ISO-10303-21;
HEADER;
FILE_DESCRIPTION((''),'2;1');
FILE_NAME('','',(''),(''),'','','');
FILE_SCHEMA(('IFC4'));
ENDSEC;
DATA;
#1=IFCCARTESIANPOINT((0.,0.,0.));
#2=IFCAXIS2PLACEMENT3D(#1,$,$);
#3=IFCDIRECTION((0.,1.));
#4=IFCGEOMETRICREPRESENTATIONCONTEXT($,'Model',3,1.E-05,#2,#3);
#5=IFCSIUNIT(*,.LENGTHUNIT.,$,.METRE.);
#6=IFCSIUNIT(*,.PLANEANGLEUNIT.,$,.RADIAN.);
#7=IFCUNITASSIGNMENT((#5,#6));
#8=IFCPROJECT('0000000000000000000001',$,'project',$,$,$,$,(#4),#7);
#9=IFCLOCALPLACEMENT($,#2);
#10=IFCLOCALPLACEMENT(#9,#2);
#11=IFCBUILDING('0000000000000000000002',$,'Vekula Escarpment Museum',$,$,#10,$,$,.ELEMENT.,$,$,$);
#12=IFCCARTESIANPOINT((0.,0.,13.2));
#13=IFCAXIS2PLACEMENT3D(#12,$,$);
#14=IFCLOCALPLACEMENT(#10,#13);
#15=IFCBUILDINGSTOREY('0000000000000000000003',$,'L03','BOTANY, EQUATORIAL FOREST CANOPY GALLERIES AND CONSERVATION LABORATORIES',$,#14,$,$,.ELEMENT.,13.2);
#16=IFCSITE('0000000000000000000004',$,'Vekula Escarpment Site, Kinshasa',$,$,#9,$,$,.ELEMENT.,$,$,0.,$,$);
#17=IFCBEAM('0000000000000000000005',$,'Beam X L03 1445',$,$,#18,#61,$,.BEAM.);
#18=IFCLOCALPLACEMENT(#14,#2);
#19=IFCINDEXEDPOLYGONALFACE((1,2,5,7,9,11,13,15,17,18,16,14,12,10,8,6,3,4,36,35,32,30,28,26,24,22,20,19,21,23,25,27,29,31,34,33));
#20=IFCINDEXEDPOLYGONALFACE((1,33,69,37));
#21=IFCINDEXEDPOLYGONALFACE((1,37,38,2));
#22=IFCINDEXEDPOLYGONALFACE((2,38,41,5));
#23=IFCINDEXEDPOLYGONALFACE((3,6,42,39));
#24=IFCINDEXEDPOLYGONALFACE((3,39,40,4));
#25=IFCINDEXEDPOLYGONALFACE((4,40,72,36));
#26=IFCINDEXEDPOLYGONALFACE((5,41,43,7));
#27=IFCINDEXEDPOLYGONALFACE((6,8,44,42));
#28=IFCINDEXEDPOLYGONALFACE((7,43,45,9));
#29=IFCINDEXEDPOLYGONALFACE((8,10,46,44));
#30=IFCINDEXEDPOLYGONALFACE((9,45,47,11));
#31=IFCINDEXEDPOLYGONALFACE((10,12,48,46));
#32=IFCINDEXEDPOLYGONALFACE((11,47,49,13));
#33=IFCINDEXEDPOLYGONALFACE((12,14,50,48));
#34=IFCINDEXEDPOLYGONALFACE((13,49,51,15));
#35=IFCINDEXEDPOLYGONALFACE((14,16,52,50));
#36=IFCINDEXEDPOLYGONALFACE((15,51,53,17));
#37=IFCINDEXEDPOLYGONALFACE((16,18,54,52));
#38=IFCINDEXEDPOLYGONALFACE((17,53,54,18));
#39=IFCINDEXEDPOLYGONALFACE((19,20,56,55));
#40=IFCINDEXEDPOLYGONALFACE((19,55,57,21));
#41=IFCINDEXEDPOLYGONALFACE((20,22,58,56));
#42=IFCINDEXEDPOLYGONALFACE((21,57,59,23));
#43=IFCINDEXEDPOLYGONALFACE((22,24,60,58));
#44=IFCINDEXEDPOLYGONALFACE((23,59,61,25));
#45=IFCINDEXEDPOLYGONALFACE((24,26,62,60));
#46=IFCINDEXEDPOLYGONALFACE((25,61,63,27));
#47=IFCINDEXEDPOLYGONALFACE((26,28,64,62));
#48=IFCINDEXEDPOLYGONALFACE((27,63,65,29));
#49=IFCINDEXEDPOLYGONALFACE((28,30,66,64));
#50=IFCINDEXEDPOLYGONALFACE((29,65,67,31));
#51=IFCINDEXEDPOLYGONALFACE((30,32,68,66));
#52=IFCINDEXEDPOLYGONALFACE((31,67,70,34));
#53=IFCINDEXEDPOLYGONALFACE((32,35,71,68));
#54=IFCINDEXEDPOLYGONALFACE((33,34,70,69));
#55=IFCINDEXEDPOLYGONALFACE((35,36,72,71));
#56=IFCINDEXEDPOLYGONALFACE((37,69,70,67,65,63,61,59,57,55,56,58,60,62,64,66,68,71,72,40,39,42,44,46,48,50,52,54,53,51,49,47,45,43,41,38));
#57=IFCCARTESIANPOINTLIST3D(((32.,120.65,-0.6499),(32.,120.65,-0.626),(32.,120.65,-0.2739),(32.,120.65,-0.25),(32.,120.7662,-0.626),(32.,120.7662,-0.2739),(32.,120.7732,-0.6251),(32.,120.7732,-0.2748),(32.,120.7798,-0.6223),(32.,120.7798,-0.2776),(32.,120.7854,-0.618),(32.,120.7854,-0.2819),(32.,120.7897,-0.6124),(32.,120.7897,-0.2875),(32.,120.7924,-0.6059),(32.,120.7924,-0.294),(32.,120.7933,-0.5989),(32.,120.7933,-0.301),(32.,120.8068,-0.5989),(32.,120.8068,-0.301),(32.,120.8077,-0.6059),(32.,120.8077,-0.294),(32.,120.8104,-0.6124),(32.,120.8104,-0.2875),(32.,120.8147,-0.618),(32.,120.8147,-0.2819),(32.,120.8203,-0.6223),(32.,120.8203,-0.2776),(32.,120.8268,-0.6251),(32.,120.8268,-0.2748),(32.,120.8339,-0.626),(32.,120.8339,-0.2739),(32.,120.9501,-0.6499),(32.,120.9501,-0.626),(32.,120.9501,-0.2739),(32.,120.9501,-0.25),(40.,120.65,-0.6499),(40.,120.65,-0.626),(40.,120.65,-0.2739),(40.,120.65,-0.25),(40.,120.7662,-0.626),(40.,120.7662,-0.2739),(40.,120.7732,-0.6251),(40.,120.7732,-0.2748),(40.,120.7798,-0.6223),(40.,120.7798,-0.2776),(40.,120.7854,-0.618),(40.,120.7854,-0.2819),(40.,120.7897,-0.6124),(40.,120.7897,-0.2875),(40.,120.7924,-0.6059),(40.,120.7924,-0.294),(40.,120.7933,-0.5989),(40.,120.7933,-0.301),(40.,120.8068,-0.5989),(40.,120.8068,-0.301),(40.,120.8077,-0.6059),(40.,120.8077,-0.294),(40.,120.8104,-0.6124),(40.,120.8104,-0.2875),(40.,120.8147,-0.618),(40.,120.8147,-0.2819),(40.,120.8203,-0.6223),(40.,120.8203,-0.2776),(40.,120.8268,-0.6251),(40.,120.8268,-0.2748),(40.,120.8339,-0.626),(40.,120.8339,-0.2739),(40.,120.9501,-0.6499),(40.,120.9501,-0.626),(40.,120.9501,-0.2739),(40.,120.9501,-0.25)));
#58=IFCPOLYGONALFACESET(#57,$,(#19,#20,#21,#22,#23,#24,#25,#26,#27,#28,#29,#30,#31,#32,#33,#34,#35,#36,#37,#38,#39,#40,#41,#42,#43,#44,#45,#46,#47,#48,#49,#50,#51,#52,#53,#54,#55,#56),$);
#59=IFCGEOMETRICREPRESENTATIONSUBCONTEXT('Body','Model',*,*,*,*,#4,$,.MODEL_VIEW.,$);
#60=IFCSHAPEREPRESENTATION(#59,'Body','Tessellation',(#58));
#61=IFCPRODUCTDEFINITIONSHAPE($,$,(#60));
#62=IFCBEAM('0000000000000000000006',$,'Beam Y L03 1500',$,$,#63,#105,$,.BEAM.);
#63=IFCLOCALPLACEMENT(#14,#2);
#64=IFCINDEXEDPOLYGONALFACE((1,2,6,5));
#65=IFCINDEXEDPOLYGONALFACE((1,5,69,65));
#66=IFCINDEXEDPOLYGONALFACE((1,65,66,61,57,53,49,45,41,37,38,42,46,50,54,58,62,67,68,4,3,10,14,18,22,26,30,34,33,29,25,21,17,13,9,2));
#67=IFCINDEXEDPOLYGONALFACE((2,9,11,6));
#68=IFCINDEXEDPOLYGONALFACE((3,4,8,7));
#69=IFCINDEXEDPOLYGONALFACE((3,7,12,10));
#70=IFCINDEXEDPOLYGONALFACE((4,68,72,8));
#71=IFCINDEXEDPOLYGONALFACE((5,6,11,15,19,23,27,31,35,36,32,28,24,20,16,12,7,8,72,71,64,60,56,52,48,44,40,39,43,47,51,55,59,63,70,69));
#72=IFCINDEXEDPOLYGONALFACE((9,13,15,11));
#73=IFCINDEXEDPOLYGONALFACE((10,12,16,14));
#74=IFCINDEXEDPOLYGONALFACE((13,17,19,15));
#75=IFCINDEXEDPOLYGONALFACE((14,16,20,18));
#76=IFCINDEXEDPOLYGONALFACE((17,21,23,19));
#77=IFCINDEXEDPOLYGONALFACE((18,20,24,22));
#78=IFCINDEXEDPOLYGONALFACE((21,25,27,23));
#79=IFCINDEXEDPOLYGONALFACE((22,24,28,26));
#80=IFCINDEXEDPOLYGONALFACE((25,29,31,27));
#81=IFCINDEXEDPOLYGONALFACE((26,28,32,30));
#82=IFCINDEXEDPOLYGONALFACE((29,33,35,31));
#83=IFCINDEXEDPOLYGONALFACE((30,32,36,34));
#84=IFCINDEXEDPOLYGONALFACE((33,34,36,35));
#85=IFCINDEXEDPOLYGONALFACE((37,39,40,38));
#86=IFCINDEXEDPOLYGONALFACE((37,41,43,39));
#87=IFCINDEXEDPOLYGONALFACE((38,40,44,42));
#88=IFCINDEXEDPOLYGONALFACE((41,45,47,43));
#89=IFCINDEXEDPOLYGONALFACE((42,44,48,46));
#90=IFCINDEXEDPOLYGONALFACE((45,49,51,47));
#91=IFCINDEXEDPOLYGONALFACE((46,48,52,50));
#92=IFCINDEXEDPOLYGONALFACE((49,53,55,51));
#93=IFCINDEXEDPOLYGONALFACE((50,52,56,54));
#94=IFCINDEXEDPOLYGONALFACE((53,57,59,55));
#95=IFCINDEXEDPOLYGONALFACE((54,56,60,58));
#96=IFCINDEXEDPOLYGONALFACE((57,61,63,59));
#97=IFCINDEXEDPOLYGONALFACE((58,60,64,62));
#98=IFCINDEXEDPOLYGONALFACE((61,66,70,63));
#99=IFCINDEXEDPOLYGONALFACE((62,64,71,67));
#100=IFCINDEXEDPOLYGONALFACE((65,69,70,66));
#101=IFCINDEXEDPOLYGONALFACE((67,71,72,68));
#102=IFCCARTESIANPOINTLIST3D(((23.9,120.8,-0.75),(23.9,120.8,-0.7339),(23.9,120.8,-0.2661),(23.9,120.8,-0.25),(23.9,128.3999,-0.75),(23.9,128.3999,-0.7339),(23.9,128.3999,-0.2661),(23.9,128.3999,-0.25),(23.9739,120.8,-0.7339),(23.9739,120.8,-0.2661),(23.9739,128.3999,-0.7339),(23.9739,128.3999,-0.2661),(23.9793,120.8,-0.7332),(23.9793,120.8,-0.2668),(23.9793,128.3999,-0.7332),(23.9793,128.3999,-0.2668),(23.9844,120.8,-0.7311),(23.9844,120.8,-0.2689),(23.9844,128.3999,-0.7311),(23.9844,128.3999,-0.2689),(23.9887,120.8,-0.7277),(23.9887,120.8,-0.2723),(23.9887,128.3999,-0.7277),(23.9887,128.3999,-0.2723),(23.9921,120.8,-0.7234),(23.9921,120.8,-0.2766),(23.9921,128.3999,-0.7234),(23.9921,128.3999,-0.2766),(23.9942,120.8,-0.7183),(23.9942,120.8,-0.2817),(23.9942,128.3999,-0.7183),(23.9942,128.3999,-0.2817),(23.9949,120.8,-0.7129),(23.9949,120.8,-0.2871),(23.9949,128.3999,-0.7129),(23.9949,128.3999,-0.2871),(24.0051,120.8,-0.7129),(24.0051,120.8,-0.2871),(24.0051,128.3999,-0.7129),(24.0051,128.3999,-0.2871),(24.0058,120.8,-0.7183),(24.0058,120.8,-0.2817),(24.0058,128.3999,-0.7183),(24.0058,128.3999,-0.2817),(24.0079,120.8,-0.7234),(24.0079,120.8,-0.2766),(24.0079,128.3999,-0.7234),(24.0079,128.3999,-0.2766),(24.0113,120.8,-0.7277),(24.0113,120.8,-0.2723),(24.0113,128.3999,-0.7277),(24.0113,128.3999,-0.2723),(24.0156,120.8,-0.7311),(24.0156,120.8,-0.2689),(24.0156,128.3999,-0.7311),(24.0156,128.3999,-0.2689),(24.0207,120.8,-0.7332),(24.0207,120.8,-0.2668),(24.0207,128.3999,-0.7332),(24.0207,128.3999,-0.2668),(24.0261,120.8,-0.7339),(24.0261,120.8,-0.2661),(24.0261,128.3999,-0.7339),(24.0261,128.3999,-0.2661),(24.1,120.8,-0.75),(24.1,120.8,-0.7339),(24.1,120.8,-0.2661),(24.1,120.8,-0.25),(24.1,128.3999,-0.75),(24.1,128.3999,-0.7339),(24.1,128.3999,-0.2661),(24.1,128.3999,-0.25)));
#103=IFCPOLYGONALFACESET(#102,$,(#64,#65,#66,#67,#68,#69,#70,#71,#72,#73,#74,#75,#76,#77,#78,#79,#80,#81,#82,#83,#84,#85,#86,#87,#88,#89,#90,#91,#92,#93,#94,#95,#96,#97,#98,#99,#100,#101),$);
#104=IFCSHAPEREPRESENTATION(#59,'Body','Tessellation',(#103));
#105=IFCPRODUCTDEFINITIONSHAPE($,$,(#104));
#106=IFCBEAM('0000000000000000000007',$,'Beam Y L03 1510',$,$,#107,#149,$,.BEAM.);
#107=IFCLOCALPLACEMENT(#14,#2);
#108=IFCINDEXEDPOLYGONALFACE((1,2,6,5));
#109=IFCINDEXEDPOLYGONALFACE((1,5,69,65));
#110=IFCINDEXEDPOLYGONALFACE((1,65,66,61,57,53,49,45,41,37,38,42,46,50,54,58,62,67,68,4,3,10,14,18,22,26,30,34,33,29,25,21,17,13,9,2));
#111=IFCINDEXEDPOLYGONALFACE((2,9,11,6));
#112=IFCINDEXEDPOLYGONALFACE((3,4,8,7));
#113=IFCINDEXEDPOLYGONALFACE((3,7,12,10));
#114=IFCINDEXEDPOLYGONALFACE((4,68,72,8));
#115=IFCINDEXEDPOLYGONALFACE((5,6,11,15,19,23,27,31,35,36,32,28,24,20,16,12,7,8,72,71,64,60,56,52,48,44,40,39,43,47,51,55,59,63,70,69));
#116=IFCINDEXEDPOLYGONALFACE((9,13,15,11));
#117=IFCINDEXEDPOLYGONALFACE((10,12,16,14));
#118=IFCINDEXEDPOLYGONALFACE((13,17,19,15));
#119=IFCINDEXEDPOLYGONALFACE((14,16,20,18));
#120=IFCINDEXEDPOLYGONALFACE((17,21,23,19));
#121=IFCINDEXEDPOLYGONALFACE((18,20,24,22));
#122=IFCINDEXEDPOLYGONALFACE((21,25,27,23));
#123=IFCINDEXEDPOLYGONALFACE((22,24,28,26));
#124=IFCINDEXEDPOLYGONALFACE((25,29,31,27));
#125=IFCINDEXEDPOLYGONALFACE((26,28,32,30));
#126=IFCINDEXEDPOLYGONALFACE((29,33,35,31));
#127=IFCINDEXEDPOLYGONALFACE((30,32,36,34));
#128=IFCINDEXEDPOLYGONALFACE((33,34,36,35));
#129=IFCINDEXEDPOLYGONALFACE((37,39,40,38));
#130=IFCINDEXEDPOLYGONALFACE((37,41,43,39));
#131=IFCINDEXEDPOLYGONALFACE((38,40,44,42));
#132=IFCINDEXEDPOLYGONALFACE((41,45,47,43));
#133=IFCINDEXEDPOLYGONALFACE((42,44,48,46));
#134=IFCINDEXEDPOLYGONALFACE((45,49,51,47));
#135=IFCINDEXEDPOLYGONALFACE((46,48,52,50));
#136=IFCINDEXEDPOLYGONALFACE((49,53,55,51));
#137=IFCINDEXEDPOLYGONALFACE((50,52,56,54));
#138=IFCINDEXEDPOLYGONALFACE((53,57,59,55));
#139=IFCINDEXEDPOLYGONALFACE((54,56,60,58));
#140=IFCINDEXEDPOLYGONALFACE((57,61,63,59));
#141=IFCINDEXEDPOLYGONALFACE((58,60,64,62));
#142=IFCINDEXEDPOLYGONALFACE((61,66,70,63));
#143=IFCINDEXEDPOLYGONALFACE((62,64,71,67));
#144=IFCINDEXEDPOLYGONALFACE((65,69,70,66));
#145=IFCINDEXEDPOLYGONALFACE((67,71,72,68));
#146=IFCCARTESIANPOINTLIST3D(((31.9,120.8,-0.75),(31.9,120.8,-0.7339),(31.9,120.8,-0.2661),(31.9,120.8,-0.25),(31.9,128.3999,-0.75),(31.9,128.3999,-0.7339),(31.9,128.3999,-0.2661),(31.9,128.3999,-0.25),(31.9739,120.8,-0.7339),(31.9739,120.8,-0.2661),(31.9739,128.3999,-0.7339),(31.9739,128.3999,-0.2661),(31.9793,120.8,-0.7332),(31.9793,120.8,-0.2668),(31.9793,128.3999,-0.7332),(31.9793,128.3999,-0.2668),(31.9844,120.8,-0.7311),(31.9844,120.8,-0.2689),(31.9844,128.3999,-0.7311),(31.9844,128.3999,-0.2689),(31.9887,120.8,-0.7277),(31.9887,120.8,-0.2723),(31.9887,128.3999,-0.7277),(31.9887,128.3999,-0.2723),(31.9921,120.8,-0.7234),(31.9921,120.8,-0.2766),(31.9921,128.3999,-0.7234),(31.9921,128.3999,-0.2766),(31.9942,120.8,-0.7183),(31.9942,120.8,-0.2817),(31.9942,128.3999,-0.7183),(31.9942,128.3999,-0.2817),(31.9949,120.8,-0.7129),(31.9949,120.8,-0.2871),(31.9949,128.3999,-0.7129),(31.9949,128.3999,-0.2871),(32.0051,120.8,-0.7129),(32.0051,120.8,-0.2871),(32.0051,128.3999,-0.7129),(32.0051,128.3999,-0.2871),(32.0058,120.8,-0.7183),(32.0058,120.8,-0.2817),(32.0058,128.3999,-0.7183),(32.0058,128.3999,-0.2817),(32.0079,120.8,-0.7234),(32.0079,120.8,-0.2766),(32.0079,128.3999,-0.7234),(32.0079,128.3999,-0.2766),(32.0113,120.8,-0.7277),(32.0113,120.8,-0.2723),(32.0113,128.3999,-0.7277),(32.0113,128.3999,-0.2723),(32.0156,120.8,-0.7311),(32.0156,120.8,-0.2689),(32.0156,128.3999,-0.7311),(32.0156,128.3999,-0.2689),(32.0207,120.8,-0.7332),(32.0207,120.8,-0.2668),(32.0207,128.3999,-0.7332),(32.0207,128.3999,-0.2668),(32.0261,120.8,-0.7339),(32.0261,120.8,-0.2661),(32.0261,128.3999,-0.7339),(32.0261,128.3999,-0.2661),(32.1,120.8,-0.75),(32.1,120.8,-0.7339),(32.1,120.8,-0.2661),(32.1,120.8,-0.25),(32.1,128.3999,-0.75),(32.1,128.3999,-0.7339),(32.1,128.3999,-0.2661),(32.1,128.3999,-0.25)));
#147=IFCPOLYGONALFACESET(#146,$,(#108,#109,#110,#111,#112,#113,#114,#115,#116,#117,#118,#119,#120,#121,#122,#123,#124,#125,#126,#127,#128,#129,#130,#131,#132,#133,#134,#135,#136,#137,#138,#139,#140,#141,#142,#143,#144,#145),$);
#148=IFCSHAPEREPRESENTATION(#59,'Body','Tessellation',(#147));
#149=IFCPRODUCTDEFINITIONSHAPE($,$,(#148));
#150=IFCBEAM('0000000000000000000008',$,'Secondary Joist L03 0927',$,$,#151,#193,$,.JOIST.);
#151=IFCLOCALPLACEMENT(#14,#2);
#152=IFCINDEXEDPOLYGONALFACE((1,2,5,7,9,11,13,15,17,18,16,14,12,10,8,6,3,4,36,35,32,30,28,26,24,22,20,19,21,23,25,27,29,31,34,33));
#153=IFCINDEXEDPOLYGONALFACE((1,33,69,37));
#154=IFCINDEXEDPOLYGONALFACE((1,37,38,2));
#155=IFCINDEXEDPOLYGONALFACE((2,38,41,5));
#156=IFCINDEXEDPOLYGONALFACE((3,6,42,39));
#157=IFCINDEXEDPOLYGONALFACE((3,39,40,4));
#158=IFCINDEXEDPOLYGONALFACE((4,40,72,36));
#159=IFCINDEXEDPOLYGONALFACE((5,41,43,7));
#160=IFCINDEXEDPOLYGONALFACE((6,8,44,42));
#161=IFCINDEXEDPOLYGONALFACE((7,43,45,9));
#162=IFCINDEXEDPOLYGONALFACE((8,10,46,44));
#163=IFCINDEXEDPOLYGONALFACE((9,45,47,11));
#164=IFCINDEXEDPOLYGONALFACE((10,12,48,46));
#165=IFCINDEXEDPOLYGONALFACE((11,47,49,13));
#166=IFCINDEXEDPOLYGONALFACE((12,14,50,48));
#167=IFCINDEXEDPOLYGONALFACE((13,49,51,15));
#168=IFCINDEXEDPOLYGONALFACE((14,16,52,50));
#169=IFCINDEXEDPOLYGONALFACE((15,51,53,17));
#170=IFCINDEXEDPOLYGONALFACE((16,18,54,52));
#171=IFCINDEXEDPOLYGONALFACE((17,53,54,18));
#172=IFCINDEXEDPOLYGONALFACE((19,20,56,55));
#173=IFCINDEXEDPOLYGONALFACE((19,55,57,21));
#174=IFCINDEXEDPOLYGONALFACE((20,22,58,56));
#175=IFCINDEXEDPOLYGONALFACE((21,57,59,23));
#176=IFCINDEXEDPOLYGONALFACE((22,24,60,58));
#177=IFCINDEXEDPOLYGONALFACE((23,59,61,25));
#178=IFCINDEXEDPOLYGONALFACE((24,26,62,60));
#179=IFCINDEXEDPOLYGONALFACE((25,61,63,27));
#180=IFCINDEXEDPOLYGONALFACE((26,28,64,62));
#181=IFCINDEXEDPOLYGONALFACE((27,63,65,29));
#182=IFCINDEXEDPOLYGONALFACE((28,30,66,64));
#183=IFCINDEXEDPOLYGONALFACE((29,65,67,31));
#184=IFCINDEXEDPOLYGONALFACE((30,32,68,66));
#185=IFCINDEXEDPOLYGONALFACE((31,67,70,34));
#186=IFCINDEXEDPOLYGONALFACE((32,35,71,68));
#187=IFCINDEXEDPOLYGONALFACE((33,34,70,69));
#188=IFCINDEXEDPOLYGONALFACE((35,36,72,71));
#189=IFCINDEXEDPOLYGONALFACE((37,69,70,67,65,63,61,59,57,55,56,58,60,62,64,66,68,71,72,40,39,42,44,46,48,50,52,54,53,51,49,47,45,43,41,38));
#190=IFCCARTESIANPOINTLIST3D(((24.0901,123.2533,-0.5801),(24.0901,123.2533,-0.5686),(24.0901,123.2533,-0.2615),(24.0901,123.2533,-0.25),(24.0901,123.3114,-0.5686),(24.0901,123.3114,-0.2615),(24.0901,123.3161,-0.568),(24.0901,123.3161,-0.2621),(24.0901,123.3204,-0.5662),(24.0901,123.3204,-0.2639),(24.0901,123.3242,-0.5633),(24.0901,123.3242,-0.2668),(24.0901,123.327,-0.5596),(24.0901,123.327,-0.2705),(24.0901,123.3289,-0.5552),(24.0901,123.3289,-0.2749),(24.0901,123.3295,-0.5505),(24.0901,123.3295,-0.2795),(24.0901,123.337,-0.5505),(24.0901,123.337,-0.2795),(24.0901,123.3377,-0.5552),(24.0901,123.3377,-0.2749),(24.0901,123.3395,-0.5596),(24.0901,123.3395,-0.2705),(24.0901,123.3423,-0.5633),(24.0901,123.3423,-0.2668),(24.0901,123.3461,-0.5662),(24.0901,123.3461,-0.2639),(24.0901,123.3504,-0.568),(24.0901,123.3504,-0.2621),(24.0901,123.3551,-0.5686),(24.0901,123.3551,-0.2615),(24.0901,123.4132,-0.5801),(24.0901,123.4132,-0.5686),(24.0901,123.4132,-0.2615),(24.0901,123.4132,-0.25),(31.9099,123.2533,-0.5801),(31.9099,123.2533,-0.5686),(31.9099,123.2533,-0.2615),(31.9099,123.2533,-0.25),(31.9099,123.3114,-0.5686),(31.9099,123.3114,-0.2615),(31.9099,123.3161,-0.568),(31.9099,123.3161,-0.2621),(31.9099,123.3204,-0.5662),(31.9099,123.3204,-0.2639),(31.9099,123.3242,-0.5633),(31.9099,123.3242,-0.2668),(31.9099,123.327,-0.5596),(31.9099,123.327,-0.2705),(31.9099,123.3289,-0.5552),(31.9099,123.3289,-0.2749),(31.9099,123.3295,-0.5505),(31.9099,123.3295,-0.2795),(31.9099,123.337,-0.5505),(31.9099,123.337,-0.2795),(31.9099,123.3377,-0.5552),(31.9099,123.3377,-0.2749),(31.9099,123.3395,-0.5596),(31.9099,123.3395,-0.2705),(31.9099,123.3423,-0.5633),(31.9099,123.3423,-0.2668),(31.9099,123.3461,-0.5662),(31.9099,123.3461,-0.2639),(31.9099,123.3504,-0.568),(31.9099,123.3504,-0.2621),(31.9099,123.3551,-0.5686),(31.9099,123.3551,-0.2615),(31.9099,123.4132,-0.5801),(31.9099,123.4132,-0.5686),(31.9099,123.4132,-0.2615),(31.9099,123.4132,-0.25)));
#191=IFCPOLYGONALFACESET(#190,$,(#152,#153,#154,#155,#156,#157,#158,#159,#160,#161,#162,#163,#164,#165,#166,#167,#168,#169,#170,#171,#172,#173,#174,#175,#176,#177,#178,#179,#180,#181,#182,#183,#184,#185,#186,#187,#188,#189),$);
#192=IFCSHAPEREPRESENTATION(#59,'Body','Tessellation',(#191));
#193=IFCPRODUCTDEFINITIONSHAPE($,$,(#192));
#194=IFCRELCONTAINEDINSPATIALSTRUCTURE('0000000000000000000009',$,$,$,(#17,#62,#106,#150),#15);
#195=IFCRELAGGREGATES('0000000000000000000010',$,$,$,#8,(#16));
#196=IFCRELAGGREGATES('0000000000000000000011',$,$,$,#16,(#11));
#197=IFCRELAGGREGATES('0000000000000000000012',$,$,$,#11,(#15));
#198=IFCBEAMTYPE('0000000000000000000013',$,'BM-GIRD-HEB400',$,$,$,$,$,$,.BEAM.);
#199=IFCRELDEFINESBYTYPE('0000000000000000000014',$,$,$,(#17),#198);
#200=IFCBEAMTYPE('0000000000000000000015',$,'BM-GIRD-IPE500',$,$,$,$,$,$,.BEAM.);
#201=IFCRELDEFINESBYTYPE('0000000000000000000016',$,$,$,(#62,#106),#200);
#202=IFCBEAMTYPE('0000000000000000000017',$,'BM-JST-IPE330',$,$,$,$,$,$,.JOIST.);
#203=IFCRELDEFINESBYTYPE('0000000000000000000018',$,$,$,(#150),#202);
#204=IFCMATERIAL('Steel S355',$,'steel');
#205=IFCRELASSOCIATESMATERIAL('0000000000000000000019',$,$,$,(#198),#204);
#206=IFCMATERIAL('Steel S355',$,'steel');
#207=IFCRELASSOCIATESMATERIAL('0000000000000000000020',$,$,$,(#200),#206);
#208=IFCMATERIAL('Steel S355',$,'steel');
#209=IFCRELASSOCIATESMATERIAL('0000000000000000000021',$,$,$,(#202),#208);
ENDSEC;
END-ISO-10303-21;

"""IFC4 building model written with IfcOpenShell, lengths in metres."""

from ifc_helpers import new_model, si_unit, direction, frame, origin, origin_2d, place, context, subcontext, project, spatial, i_section, extrude, material, material_profile, profile_set, type_object, element, save


model = new_model("IFC4")

# Units and contexts
model_context = context("Model", 3, precision=1e-05, world=origin(), true_north=direction((0.0, 1.0)))
body_context = subcontext(model_context, "Body", "Model", "MODEL_VIEW")
ifc_project = project(units=[si_unit("LENGTHUNIT", "METRE"), si_unit("PLANEANGLEUNIT", "RADIAN")], contexts=[model_context])

# Site, building, storey
site_placement = place(None, origin())
site = spatial("IfcSite", under=ifc_project, at=site_placement, Name="Vekula Escarpment Site, Kinshasa", CompositionType="ELEMENT", RefElevation=0.0)
building_placement = place(site_placement, origin())
building = spatial("IfcBuilding", under=site, at=building_placement, Name="Vekula Escarpment Museum", CompositionType="ELEMENT")
storey_placement = place(building_placement, frame((0.0, 0.0, 13.2)))
storey = spatial("IfcBuildingStorey", under=building, at=storey_placement, Name="L03", Description="BOTANY, EQUATORIAL FOREST CANOPY GALLERIES AND CONSERVATION LABORATORIES", CompositionType="ELEMENT", Elevation=13.2)

# Beams
ifc_material_1 = material(Name="Steel S355", Category="steel")
ifc_material_profile_1 = material_profile(ifc_material_1, i_section(OverallWidth=0.3, OverallDepth=0.3999, WebThickness=0.0134, FlangeThickness=0.0239, FilletRadius=0.0271, at=origin_2d()), Name="HEB 400")
ifc_profile_set_1 = profile_set([ifc_material_profile_1], Name="Steel S355")
beam_type_1 = type_object("IfcBeamType", Name="BM-GIRD-HEB400", PredefinedType="BEAM", material=ifc_profile_set_1)
beam_1_placement = place(storey_placement, frame((32.0, 120.8, -0.45), z_axis=(1.0, 0.0, 0.0), x_axis=(0.0, 1.0, 0.0)))
element("IfcBeam", 1, at=beam_1_placement, inside=storey, type_object=beam_type_1, Name="Beam X L03 1445", PredefinedType="BEAM", context=body_context, shape_type="SweptSolid", body=[
    extrude(i_section(OverallWidth=0.3, OverallDepth=0.3999, WebThickness=0.0134, FlangeThickness=0.0239, FilletRadius=0.0271, at=origin_2d()), origin(), (0.0, 0.0, 1.0), 8.0),
])
ifc_material_2 = material(Name="Steel S355", Category="steel")
ifc_material_profile_2 = material_profile(ifc_material_2, i_section(OverallWidth=0.2, OverallDepth=0.5, WebThickness=0.0103, FlangeThickness=0.0161, FilletRadius=0.021, at=origin_2d()), Name="IPE 500")
ifc_profile_set_2 = profile_set([ifc_material_profile_2], Name="Steel S355")
beam_type_2 = type_object("IfcBeamType", Name="BM-GIRD-IPE500", PredefinedType="BEAM", material=ifc_profile_set_2)
for number, where, z_axis, x_axis, name in (
    (2, (24.0, 120.8, -0.5), (0.0, 1.0, 0.0), (-1.0, 0.0, 0.0), "Beam Y L03 1500"),
    (3, (32.0, 120.8, -0.5), (0.0, 1.0, 0.0), (-1.0, 0.0, 0.0), "Beam Y L03 1510"),
):
    element("IfcBeam", number, at=place(storey_placement, frame(where, z_axis=z_axis, x_axis=x_axis)), inside=storey, type_object=beam_type_2, Name=name, PredefinedType="BEAM", context=body_context, shape_type="SweptSolid", body=[
        extrude(i_section(OverallWidth=0.2, OverallDepth=0.5, WebThickness=0.0103, FlangeThickness=0.0161, FilletRadius=0.021, at=origin_2d()), origin(), (0.0, 0.0, 1.0), 7.5999),
    ])
ifc_material_3 = material(Name="Steel S355", Category="steel")
ifc_material_profile_3 = material_profile(ifc_material_3, i_section(OverallWidth=0.1599, OverallDepth=0.3301, WebThickness=0.0076, FlangeThickness=0.0115, FilletRadius=0.0181, at=origin_2d()), Name="IPE 330")
ifc_profile_set_3 = profile_set([ifc_material_profile_3], Name="Steel S355")
beam_type_3 = type_object("IfcBeamType", Name="BM-JST-IPE330", PredefinedType="JOIST", material=ifc_profile_set_3)
beam_2_placement = place(storey_placement, frame((24.0901, 123.3333, -0.415), z_axis=(1.0, 0.0, 0.0), x_axis=(0.0, 1.0, 0.0)))
element("IfcBeam", 4, at=beam_2_placement, inside=storey, type_object=beam_type_3, Name="Secondary Joist L03 0927", PredefinedType="JOIST", context=body_context, shape_type="SweptSolid", body=[
    extrude(i_section(OverallWidth=0.1599, OverallDepth=0.3301, WebThickness=0.0076, FlangeThickness=0.0115, FilletRadius=0.0181, at=origin_2d()), origin(), (0.0, 0.0, 1.0), 7.8198),
])

save(model, "model.ifc")
